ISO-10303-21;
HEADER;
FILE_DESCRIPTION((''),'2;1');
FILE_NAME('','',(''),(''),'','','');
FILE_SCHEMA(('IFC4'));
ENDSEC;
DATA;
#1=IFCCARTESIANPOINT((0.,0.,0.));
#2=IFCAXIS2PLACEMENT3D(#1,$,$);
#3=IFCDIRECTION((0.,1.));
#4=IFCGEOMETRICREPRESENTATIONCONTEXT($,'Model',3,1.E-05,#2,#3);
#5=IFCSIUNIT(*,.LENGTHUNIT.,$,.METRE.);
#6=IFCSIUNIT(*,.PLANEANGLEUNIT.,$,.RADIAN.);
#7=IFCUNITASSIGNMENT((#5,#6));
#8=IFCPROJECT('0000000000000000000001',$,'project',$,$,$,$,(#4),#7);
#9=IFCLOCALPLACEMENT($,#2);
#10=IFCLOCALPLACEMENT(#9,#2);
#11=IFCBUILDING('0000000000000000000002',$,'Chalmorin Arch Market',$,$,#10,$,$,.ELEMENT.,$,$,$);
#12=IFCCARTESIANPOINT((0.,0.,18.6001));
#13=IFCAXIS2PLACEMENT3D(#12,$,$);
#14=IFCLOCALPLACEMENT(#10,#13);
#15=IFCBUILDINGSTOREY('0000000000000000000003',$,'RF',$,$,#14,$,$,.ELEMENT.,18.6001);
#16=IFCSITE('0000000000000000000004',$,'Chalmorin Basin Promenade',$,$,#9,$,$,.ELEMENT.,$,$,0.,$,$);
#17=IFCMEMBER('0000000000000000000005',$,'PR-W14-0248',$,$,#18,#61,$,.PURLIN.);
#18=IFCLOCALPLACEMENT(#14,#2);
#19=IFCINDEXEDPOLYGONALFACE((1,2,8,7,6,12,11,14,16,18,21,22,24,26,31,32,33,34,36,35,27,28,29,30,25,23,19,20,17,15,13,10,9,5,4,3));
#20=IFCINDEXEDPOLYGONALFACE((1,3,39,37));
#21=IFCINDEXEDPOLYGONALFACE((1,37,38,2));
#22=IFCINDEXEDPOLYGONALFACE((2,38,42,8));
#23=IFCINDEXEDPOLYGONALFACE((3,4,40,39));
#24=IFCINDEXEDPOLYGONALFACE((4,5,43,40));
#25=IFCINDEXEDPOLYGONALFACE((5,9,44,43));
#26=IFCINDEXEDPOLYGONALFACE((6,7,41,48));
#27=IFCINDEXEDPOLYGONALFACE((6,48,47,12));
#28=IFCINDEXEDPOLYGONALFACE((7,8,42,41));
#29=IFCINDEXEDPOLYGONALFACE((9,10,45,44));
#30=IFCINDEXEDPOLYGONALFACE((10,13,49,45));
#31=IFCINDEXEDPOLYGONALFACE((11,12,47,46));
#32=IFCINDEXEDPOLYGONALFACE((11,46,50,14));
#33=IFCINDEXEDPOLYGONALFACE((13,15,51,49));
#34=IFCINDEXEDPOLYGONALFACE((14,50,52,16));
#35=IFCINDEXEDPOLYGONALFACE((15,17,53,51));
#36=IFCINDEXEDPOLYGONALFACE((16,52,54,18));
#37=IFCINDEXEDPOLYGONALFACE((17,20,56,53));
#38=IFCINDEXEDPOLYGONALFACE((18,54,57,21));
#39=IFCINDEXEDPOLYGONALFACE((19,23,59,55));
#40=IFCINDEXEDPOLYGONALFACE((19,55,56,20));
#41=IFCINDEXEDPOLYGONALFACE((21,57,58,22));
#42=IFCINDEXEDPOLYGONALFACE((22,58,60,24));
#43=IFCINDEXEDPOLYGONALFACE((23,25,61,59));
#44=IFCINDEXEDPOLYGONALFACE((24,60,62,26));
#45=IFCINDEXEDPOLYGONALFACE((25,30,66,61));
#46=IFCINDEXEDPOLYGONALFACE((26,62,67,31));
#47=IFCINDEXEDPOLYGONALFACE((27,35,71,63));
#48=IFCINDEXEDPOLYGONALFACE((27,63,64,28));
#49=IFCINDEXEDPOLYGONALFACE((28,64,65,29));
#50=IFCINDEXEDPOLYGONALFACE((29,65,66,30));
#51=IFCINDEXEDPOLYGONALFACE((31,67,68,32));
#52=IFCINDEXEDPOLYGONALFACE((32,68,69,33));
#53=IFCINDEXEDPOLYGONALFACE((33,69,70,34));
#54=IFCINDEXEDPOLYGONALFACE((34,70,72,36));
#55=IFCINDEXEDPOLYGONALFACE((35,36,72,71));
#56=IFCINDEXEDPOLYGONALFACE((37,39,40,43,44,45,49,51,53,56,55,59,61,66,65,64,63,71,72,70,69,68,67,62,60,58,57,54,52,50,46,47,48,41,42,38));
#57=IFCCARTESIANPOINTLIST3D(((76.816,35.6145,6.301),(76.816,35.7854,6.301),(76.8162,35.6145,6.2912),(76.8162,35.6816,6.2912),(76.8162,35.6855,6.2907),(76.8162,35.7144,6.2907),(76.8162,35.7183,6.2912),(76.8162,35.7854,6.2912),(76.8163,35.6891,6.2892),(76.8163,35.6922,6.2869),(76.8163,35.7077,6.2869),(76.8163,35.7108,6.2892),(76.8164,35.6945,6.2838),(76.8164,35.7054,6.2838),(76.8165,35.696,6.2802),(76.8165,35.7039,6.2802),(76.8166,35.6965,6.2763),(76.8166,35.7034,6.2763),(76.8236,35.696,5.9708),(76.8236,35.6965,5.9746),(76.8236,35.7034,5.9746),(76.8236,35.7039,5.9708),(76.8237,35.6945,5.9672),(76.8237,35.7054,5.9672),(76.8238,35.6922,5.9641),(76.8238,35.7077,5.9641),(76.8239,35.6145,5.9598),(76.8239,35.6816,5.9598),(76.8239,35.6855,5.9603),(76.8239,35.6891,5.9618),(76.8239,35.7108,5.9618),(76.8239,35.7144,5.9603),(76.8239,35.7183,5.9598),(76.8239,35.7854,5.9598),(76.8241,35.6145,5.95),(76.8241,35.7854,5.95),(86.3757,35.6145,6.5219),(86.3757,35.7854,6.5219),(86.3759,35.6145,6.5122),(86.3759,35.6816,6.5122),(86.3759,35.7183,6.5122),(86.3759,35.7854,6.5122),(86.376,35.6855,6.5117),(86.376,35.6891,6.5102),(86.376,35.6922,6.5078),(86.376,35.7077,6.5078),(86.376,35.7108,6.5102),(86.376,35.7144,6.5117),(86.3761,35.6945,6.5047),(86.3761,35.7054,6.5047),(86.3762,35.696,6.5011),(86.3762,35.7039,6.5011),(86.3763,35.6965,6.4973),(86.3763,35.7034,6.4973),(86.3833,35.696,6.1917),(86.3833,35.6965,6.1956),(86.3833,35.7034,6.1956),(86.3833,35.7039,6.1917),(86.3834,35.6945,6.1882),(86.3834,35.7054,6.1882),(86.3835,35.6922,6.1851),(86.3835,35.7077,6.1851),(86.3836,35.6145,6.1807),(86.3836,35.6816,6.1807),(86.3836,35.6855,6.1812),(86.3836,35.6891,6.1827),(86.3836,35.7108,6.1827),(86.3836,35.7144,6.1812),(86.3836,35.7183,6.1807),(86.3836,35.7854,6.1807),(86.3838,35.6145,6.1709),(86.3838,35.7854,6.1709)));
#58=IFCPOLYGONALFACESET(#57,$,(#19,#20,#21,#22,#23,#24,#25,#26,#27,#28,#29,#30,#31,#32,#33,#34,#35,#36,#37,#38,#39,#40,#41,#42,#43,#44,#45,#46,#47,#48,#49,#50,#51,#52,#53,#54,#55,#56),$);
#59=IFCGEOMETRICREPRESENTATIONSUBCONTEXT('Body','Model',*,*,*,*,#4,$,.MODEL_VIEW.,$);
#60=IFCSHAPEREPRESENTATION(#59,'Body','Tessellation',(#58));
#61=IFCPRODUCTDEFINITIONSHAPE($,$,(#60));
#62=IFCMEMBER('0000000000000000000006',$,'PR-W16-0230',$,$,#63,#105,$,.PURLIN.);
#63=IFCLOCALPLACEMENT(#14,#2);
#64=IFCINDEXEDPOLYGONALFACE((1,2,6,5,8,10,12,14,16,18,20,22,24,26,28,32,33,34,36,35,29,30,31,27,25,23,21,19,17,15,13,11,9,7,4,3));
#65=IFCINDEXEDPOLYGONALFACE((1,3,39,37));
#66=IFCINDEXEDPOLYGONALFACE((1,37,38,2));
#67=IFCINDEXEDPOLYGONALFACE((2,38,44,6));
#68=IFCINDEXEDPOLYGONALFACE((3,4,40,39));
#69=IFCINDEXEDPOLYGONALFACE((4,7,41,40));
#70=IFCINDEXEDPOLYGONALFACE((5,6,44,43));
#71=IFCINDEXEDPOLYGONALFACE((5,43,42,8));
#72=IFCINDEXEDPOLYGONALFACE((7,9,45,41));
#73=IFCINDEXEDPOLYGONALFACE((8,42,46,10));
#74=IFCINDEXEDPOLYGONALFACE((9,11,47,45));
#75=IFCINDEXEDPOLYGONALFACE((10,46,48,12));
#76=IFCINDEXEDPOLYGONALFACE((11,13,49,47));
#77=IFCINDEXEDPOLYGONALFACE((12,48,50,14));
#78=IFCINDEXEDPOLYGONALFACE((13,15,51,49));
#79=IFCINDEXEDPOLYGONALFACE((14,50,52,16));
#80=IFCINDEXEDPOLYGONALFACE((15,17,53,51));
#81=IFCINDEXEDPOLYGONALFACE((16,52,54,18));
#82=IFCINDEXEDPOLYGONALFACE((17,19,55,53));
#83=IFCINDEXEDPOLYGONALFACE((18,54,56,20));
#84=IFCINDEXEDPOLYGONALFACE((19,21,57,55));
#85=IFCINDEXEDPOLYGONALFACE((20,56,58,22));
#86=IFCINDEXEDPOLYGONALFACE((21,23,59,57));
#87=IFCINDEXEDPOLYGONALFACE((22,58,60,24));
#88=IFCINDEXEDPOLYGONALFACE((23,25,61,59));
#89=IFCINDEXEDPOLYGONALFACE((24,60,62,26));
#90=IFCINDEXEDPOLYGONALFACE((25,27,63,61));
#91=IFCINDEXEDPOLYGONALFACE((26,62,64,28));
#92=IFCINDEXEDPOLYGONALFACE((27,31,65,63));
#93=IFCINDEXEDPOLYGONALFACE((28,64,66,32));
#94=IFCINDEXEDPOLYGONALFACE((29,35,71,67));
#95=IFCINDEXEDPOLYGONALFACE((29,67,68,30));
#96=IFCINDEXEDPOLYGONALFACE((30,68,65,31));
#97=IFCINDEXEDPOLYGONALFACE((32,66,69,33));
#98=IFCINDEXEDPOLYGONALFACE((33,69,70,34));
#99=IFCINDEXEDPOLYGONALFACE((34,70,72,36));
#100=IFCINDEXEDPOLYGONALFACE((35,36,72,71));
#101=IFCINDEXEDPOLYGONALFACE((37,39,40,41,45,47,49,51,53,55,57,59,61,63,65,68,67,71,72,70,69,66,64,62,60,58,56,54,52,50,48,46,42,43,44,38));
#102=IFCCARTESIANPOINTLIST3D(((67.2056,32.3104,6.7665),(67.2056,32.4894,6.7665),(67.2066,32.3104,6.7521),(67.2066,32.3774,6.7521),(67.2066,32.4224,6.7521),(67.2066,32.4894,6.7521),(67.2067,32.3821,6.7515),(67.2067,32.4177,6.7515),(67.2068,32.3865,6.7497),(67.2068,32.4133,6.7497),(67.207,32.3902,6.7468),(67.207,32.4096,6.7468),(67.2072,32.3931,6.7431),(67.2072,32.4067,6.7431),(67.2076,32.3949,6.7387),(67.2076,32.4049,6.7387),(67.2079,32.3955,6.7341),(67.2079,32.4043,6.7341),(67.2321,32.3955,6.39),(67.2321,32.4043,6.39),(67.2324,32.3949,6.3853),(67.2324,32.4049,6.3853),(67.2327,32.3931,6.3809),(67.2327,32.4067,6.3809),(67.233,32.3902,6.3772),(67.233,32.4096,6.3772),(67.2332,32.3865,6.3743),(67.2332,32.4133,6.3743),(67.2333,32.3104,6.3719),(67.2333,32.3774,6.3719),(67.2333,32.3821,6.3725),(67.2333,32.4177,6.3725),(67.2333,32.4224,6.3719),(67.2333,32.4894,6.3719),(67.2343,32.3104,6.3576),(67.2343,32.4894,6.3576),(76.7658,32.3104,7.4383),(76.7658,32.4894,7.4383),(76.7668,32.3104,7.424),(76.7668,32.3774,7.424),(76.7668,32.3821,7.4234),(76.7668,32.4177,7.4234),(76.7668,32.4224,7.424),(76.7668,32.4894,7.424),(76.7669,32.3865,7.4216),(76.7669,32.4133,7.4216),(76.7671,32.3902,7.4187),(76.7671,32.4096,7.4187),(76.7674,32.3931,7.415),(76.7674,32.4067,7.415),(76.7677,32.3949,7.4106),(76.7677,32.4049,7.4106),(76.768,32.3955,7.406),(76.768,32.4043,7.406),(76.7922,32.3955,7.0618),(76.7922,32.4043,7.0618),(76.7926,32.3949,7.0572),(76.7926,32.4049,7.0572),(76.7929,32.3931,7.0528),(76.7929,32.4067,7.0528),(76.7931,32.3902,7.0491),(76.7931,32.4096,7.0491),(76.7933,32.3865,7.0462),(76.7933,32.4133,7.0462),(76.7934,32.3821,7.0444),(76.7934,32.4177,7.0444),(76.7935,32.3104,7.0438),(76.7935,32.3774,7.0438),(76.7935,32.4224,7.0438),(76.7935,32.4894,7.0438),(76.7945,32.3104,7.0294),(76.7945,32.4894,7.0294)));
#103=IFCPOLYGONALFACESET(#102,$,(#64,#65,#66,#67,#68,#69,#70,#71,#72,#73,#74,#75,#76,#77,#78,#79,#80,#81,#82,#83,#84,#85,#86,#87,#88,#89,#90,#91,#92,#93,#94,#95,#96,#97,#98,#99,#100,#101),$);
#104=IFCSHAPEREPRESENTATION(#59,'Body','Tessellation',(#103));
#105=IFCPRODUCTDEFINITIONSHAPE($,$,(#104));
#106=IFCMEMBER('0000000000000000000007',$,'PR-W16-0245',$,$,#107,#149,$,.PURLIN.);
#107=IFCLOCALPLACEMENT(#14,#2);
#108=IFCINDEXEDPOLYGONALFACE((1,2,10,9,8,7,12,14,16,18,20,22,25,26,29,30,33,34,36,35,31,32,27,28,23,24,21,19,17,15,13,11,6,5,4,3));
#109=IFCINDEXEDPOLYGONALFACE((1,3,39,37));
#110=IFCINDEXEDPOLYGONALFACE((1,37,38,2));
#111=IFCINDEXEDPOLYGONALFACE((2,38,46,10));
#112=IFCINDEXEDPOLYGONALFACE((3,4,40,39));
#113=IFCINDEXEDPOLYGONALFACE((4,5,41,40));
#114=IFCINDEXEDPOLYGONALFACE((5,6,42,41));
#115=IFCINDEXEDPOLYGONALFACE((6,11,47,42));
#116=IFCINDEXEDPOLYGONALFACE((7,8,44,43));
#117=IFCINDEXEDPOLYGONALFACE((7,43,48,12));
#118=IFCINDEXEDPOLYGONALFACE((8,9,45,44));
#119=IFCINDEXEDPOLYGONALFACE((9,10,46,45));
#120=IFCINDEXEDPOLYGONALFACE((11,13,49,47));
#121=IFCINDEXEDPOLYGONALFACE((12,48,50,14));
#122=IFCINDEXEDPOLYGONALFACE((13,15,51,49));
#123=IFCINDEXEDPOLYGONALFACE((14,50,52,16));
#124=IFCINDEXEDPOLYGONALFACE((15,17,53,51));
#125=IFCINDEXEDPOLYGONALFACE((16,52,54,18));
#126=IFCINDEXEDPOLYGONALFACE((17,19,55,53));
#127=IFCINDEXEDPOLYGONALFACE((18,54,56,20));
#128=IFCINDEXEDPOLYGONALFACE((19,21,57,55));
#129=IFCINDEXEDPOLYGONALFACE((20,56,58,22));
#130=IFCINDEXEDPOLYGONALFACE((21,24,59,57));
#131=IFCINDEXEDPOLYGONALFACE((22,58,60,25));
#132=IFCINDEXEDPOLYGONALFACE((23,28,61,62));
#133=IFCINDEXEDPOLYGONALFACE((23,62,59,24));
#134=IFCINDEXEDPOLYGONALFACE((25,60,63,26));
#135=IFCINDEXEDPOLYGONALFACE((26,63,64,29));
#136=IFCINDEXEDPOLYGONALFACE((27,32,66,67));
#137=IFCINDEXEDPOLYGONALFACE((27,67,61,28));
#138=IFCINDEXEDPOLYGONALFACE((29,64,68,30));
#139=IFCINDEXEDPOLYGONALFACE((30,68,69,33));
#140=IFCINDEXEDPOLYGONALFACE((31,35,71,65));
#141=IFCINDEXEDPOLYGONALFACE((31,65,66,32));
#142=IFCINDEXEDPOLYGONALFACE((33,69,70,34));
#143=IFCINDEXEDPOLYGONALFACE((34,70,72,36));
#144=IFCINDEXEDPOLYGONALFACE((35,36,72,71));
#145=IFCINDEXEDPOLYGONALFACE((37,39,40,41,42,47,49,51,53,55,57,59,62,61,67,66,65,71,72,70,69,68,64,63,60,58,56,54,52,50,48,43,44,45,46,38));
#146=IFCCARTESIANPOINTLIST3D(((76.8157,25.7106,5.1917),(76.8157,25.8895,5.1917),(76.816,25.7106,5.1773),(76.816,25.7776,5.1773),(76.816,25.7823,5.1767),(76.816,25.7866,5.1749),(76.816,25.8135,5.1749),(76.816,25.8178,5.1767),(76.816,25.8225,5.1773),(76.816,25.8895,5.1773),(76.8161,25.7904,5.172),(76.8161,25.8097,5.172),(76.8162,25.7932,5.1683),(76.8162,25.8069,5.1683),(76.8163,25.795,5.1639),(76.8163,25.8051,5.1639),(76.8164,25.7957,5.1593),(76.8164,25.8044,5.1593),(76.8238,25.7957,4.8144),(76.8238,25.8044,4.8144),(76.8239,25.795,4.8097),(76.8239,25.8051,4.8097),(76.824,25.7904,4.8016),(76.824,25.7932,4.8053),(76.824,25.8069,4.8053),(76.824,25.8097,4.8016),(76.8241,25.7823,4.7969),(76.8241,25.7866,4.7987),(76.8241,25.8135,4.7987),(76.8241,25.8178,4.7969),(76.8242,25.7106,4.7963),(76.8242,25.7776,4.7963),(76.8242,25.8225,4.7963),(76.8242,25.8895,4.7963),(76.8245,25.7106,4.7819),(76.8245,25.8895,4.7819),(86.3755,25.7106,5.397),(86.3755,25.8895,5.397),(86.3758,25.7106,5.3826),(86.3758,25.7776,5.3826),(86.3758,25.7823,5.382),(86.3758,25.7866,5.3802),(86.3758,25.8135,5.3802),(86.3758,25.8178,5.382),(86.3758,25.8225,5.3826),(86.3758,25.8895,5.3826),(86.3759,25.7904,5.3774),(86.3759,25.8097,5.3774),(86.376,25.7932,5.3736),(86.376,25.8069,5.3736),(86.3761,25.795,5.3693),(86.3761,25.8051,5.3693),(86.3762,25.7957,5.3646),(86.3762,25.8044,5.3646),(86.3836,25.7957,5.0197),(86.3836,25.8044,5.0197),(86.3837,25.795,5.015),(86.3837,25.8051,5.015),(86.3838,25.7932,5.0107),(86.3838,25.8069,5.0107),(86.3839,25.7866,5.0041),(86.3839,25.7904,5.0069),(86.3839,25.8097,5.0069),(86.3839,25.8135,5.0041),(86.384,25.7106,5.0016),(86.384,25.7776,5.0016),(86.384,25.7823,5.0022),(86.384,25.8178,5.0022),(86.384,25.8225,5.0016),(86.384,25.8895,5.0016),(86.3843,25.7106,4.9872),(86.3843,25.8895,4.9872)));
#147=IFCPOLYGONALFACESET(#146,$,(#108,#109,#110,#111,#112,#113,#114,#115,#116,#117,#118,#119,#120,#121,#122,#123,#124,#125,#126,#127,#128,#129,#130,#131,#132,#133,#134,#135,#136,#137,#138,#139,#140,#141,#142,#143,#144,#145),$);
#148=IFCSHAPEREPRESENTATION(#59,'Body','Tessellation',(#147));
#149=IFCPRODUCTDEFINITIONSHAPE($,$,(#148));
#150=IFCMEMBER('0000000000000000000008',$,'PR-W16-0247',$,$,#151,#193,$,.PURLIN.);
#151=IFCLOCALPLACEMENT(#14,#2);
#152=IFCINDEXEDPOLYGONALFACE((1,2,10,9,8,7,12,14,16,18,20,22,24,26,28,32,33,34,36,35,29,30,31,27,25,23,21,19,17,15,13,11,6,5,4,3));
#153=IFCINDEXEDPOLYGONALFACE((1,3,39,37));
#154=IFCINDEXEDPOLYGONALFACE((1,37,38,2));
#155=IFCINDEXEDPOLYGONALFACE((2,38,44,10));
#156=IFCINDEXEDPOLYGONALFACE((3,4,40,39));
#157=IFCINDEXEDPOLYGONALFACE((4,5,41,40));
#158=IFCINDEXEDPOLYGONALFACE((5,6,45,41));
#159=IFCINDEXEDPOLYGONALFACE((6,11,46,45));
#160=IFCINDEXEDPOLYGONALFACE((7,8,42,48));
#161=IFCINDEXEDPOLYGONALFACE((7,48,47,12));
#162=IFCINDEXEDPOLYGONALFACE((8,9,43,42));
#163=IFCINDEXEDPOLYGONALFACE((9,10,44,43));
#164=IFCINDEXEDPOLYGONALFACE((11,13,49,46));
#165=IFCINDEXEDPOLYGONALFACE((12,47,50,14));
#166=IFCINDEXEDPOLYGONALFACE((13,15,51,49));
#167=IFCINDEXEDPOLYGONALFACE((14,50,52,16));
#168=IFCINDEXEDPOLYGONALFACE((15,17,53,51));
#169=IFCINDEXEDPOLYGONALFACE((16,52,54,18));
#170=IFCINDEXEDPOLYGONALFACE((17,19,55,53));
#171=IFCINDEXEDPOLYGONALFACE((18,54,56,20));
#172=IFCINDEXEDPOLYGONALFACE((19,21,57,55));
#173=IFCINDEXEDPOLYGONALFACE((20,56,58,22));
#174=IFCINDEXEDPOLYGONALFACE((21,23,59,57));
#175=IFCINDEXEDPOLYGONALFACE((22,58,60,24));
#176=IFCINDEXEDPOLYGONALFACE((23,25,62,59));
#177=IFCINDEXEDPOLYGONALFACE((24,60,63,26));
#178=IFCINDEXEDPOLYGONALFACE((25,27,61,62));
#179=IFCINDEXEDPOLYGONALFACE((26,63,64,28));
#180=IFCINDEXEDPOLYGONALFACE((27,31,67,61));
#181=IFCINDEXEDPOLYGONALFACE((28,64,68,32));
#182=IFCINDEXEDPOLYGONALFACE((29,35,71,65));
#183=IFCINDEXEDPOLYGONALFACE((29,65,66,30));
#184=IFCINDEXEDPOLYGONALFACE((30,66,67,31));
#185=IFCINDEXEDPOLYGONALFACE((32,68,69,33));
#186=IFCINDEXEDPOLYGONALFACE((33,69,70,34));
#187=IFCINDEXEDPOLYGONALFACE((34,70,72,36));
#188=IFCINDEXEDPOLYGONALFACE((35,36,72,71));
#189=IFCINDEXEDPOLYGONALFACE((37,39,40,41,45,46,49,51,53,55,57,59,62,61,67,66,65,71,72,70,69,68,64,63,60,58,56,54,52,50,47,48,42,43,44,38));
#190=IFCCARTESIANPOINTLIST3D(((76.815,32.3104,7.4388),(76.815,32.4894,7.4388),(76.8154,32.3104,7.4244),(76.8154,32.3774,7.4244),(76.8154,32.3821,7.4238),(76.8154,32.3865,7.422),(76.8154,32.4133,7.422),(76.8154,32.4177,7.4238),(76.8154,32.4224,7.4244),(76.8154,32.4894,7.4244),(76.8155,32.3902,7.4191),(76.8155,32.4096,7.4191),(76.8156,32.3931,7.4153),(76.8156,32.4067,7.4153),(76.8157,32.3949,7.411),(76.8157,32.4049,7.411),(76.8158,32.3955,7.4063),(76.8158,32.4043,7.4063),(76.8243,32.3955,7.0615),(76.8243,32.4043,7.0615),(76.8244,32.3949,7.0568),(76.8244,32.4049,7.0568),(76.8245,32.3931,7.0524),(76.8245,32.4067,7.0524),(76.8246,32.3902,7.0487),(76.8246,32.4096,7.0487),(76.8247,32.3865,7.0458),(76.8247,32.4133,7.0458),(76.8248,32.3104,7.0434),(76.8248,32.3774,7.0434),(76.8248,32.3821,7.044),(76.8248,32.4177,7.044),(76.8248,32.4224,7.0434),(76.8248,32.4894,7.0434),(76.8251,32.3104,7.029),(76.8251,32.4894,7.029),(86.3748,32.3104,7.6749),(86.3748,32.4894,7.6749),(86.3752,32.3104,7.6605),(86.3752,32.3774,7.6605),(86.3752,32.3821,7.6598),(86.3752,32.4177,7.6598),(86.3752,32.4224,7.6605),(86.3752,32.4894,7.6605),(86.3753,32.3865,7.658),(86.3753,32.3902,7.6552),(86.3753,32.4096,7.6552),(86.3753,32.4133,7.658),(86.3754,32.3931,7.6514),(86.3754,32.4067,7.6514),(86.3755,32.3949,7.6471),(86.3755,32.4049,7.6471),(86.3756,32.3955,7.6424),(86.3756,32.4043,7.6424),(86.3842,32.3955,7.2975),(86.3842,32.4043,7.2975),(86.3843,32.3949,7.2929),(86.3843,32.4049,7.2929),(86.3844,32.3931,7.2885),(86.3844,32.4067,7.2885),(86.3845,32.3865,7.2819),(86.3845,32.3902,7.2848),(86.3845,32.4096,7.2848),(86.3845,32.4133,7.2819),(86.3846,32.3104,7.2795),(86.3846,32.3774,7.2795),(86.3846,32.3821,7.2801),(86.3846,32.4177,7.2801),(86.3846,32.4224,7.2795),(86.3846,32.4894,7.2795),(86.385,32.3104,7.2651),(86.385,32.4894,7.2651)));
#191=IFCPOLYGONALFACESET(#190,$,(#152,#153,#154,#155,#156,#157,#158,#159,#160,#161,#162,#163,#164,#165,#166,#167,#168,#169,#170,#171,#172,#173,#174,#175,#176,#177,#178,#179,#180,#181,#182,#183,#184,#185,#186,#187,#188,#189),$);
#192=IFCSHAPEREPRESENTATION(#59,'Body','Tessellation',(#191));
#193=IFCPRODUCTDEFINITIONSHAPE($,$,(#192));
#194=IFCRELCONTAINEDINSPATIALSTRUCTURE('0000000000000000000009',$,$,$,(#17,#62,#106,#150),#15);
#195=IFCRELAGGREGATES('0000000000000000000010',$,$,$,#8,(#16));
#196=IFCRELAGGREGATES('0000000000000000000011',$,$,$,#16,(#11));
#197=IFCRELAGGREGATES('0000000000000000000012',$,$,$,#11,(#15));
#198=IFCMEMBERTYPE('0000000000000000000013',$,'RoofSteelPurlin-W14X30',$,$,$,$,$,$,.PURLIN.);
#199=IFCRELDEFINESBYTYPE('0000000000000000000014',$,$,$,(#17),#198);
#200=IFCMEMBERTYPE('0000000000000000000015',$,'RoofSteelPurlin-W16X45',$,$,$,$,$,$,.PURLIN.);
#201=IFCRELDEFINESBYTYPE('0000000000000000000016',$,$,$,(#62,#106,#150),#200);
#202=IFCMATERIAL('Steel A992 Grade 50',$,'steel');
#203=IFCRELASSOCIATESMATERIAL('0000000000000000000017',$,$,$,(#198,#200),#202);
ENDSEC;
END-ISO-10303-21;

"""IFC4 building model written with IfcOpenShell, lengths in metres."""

from ifc_helpers import new_model, si_unit, direction, frame, origin, origin_2d, place, context, subcontext, project, spatial, i_section, extrude, material, material_profile, profile_set, type_object, element, save


model = new_model("IFC4")

# Units and contexts
model_context = context("Model", 3, precision=1e-05, world=origin(), true_north=direction((0.0, 1.0)))
body_context = subcontext(model_context, "Body", "Model", "MODEL_VIEW")
ifc_project = project(units=[si_unit("LENGTHUNIT", "METRE"), si_unit("PLANEANGLEUNIT", "RADIAN")], contexts=[model_context])

# Site, building, storey
site_placement = place(None, origin())
site = spatial("IfcSite", under=ifc_project, at=site_placement, Name="Chalmorin Basin Promenade", CompositionType="ELEMENT", RefElevation=0.0)
building_placement = place(site_placement, origin())
building = spatial("IfcBuilding", under=site, at=building_placement, Name="Chalmorin Arch Market", CompositionType="ELEMENT")
storey_placement = place(building_placement, frame((0.0, 0.0, 18.6001)))
storey = spatial("IfcBuildingStorey", under=building, at=storey_placement, Name="RF", CompositionType="ELEMENT", Elevation=18.6001)

# Members
ifc_material_1 = material(Name="Steel A992 Grade 50", Category="steel")
ifc_material_profile_1 = material_profile(ifc_material_1, i_section(OverallWidth=0.1709, OverallDepth=0.3511, WebThickness=0.0068, FlangeThickness=0.0098, FilletRadius=0.0149, at=origin_2d()), Name="W14X30")
ifc_profile_set_1 = profile_set([ifc_material_profile_1], Name="Steel A992 Grade 50")
member_type_1 = type_object("IfcMemberType", Name="RoofSteelPurlin-W14X30", PredefinedType="PURLIN", material=ifc_profile_set_1)
for number, where, z_axis, x_axis, name in (
    (1, (76.8201, 35.7, 6.1255), (0.999733, 0.0, 0.023106), (0.0, 1.0, 0.0), "PR-W14-0248"),
):
    element("IfcMember", number, at=place(storey_placement, frame(where, z_axis=z_axis, x_axis=x_axis)), inside=storey, type_object=member_type_1, Name=name, PredefinedType="PURLIN", context=body_context, shape_type="SweptSolid", body=[
        extrude(i_section(OverallWidth=0.1709, OverallDepth=0.3511, WebThickness=0.0068, FlangeThickness=0.0098, FilletRadius=0.0149, at=origin_2d()), origin(), (0.0, 0.0, 1.0), 9.5623),
    ])
ifc_material_profile_2 = material_profile(ifc_material_1, i_section(OverallWidth=0.179, OverallDepth=0.4099, WebThickness=0.0088, FlangeThickness=0.0144, FilletRadius=0.0181, at=origin_2d()), Name="W16X45")
ifc_profile_set_2 = profile_set([ifc_material_profile_2], Name="Steel A992 Grade 50")
member_type_2 = type_object("IfcMemberType", Name="RoofSteelPurlin-W16X45", PredefinedType="PURLIN", material=ifc_profile_set_2)
member_1_placement = place(storey_placement, frame((67.22, 32.3999, 6.562), z_axis=(0.99754, 0.0, 0.070106), x_axis=(0.0, 1.0, 0.0)))
element("IfcMember", 2, at=member_1_placement, inside=storey, type_object=member_type_2, Name="PR-W16-0230", PredefinedType="PURLIN", context=body_context, shape_type="SweptSolid", body=[
    extrude(i_section(OverallWidth=0.179, OverallDepth=0.4099, WebThickness=0.0088, FlangeThickness=0.0144, FilletRadius=0.0181, at=origin_2d()), origin(), (0.0, 0.0, 1.0), 9.5837),
])
member_2_placement = place(storey_placement, frame((76.8201, 25.8, 4.9868), z_axis=(0.999769, 0.0, 0.021473), x_axis=(0.0, 1.0, 0.0)))
element("IfcMember", 3, at=member_2_placement, inside=storey, type_object=member_type_2, Name="PR-W16-0245", PredefinedType="PURLIN", context=body_context, shape_type="SweptSolid", body=[
    extrude(i_section(OverallWidth=0.179, OverallDepth=0.4099, WebThickness=0.0088, FlangeThickness=0.0144, FilletRadius=0.0181, at=origin_2d()), origin(), (0.0, 0.0, 1.0), 9.562),
])
member_3_placement = place(storey_placement, frame((76.8201, 32.3999, 7.2339), z_axis=(0.999695, 0.0, 0.024688), x_axis=(0.0, 1.0, 0.0)))
element("IfcMember", 4, at=member_3_placement, inside=storey, type_object=member_type_2, Name="PR-W16-0247", PredefinedType="PURLIN", context=body_context, shape_type="SweptSolid", body=[
    extrude(i_section(OverallWidth=0.179, OverallDepth=0.4099, WebThickness=0.0088, FlangeThickness=0.0144, FilletRadius=0.0181, at=origin_2d()), origin(), (0.0, 0.0, 1.0), 9.5627),
])

save(model, "model.ifc")
